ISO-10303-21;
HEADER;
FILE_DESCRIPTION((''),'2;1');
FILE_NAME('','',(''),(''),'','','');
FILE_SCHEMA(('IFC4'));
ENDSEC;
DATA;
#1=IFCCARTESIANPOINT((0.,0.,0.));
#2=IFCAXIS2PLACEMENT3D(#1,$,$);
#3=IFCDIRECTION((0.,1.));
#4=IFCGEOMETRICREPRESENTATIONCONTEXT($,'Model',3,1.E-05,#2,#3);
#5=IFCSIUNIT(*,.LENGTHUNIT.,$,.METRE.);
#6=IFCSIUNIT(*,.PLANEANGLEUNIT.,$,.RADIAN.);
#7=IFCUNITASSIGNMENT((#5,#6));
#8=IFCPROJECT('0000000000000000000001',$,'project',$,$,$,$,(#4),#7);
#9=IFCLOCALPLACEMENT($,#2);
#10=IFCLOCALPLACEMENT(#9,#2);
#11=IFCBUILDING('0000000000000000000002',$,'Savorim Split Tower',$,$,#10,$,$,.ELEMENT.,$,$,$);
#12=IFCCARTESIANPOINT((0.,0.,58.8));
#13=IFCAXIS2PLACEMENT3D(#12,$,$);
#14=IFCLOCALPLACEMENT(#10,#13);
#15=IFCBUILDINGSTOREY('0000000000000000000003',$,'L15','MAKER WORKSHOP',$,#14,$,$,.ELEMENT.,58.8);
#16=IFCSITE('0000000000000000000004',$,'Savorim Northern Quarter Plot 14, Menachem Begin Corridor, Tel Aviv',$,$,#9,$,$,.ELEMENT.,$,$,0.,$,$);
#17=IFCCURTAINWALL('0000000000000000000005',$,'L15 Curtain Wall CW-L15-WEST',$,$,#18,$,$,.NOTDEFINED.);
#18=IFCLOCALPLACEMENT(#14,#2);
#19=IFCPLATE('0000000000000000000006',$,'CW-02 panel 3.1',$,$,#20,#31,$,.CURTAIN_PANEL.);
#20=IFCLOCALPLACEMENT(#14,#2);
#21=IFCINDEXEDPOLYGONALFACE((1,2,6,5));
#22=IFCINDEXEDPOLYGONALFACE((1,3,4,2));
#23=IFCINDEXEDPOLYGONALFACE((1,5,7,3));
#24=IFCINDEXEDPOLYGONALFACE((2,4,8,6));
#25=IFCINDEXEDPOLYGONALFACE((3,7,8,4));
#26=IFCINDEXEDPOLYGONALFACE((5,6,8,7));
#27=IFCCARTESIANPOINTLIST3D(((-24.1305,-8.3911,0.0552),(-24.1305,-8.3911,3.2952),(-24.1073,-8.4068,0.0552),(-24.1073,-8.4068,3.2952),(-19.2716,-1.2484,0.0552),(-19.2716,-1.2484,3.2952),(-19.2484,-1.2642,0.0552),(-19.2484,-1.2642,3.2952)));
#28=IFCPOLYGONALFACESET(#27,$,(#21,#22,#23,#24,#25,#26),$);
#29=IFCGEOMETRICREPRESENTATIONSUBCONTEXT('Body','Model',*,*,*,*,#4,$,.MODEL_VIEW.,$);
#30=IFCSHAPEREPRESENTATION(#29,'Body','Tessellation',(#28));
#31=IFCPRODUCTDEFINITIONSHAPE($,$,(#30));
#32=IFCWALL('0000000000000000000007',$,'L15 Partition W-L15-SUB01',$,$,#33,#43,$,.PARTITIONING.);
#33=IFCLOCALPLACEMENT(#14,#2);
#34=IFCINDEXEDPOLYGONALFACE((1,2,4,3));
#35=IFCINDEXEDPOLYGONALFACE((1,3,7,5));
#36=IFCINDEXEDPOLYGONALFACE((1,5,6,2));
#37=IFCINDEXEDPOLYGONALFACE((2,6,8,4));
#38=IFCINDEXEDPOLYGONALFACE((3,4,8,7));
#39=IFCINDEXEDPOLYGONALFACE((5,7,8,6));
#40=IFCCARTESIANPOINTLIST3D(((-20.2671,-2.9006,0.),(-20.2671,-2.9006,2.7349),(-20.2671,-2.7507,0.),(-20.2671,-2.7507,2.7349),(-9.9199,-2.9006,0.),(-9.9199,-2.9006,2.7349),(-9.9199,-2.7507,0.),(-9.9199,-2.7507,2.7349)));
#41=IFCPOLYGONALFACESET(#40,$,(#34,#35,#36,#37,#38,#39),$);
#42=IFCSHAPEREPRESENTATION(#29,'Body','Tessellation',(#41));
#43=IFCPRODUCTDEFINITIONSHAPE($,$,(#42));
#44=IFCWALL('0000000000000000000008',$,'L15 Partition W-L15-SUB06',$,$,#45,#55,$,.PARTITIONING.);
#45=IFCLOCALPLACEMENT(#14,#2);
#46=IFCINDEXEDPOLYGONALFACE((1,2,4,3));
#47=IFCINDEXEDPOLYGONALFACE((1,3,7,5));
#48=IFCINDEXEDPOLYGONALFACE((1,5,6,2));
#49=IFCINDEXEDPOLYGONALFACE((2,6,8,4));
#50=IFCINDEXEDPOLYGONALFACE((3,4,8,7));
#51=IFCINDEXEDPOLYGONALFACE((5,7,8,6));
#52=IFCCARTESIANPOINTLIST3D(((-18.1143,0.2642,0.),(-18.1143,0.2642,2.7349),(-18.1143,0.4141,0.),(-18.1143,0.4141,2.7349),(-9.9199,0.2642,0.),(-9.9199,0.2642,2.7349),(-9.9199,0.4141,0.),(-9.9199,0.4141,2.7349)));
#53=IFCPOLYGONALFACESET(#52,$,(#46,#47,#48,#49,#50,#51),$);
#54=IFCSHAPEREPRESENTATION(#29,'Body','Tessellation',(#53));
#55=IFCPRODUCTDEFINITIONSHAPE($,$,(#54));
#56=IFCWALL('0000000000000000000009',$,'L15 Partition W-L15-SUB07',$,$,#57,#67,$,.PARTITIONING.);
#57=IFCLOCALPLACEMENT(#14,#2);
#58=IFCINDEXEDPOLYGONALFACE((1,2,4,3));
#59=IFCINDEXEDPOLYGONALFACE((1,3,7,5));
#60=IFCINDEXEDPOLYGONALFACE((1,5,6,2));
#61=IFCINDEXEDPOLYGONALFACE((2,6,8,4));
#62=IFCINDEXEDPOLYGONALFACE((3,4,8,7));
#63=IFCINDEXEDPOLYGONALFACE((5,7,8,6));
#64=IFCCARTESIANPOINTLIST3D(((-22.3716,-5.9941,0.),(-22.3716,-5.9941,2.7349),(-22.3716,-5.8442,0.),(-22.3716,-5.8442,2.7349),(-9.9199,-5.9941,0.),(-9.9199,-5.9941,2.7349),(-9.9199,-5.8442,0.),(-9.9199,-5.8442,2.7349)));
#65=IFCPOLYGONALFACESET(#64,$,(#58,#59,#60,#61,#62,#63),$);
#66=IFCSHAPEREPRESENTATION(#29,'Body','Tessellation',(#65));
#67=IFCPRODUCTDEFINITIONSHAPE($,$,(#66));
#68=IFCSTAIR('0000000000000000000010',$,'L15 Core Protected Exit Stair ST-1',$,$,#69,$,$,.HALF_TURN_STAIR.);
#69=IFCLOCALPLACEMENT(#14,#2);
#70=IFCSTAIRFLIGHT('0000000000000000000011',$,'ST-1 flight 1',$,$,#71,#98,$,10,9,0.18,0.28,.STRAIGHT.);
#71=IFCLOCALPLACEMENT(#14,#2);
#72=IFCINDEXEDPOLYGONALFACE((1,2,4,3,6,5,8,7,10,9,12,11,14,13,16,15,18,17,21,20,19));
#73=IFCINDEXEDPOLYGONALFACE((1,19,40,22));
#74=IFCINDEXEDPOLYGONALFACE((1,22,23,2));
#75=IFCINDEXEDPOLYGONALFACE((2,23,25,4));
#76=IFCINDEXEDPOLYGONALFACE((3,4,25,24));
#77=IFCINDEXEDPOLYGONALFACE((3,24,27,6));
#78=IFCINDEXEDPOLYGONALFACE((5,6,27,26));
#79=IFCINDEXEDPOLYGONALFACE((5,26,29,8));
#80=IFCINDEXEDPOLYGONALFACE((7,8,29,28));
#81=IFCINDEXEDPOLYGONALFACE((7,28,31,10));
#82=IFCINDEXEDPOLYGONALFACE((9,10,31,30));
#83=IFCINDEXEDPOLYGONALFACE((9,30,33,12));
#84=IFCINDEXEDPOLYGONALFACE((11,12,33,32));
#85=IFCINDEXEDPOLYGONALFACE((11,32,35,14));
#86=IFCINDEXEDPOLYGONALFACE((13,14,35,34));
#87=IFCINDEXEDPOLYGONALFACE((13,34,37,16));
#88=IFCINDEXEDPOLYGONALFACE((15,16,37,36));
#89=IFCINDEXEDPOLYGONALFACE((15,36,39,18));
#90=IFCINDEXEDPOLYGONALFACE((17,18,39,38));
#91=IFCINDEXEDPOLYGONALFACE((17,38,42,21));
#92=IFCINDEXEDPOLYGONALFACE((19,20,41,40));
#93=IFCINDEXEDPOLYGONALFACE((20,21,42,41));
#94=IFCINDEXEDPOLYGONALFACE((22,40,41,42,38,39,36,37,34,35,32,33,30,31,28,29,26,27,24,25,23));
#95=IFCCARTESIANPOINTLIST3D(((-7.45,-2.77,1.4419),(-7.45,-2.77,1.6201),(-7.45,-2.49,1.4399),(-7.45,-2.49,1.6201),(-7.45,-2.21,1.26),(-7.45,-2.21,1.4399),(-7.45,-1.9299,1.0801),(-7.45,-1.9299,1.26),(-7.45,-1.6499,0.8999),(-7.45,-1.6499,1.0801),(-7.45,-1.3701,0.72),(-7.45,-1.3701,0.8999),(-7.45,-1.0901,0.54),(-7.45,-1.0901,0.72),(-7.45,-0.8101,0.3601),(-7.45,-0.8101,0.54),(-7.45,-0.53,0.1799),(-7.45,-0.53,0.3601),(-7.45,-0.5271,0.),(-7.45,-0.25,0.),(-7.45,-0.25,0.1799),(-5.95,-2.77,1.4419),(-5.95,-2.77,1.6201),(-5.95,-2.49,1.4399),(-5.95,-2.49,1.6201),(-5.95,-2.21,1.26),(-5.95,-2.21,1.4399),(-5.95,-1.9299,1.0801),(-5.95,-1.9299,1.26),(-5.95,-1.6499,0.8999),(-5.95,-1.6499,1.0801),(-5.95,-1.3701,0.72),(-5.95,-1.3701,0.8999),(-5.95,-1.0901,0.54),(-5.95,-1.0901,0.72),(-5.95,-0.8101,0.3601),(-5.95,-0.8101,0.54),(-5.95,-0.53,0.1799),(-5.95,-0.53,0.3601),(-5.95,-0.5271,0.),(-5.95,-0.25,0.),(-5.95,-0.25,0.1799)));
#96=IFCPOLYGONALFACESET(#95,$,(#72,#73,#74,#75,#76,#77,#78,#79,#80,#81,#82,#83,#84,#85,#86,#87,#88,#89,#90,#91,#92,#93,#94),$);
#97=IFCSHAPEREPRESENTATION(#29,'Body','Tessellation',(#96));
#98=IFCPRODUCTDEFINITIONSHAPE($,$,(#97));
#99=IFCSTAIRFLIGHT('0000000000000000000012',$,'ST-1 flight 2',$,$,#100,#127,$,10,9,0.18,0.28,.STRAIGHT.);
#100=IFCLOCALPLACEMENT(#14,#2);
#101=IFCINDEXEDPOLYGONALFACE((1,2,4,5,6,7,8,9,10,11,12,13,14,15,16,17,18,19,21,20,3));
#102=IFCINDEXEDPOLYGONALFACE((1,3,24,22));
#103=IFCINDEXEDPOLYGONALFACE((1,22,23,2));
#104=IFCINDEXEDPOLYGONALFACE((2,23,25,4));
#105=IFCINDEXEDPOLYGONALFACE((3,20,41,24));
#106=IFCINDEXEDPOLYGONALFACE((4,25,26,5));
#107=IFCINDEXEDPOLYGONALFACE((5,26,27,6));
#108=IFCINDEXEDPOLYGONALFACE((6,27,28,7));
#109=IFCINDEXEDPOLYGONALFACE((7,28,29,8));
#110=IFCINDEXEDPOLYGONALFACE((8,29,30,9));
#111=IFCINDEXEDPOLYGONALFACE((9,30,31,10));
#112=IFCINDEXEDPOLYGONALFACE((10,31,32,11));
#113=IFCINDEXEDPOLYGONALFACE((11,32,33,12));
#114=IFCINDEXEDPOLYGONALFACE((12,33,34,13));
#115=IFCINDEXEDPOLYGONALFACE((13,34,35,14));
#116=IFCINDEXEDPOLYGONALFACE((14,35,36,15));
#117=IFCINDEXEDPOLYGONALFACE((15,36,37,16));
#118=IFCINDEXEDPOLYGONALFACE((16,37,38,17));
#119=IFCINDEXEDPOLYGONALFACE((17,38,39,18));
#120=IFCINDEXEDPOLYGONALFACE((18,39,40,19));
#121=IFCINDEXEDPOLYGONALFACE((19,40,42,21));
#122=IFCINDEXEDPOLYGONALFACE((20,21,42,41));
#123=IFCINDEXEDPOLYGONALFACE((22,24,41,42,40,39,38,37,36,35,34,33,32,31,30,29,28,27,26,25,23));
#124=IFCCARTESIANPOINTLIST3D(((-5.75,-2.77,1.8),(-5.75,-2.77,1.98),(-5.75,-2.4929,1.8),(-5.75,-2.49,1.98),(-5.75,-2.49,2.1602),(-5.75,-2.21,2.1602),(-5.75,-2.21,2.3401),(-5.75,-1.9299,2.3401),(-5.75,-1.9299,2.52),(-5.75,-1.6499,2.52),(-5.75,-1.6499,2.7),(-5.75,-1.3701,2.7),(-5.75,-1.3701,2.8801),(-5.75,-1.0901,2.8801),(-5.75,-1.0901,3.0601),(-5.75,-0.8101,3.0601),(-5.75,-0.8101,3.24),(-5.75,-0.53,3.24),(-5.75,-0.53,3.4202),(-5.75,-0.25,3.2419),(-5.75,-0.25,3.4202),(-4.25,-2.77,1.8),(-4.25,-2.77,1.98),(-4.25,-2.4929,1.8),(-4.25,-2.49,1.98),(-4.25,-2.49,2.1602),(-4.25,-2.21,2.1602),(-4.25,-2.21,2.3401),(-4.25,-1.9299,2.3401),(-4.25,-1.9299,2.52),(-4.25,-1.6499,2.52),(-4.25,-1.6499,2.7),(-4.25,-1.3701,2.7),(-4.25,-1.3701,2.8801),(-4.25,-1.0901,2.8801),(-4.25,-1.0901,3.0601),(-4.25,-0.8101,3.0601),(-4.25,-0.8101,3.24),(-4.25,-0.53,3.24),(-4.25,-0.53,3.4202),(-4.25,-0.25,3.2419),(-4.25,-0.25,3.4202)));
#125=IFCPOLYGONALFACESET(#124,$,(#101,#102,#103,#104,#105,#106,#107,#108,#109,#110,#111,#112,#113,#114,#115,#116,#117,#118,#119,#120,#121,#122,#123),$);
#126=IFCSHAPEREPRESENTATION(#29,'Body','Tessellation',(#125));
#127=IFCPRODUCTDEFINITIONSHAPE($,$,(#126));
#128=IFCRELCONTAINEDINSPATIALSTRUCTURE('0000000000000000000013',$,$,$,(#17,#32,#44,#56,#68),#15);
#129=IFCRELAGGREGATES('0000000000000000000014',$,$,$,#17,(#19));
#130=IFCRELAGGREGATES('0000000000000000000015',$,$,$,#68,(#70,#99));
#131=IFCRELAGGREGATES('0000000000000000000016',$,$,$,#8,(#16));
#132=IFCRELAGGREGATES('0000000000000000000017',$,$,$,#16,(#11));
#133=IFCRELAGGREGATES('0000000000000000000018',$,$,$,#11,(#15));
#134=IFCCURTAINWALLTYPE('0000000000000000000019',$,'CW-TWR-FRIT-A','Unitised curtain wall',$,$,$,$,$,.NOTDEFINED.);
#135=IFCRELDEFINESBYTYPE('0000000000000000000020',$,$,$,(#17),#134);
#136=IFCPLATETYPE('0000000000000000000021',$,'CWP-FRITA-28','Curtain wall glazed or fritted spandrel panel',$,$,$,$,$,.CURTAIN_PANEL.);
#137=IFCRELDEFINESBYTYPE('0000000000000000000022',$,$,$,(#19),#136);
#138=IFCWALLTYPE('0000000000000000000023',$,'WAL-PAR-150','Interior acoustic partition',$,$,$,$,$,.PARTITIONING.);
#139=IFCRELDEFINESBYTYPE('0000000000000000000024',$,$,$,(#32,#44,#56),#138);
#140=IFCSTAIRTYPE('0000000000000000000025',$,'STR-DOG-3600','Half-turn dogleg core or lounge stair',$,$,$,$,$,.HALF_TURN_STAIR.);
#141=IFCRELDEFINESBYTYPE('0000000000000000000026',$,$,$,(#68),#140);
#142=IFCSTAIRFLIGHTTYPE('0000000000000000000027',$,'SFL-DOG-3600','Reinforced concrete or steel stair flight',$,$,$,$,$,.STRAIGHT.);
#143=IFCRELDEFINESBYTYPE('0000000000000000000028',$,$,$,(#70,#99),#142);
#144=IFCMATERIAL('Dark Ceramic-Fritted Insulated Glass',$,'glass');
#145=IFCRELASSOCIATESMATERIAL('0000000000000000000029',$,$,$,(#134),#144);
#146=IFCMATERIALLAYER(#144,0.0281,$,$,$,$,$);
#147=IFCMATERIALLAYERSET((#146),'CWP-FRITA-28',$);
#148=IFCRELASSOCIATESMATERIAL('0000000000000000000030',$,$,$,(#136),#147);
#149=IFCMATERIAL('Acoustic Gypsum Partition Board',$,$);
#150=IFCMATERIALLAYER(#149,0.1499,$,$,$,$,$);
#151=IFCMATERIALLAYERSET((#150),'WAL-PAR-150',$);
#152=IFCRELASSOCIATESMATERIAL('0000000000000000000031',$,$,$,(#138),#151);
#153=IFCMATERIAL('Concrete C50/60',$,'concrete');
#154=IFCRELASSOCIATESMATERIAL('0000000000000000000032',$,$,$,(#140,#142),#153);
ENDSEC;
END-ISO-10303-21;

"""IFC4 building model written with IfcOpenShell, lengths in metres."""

from ifc_helpers import new_model, si_unit, direction, frame, frame_2d, origin, origin_2d, place, context, subcontext, project, spatial, polyline, rectangle, outline, extrude, material, layer, layer_set, type_object, element, aggregate, save


model = new_model("IFC4")

# Units and contexts
model_context = context("Model", 3, precision=1e-05, world=origin(), true_north=direction((0.0, 1.0)))
body_context = subcontext(model_context, "Body", "Model", "MODEL_VIEW")
ifc_project = project(units=[si_unit("LENGTHUNIT", "METRE"), si_unit("PLANEANGLEUNIT", "RADIAN")], contexts=[model_context])

# Site, building, storey
site_placement = place(None, origin())
site = spatial("IfcSite", under=ifc_project, at=site_placement, Name="Savorim Northern Quarter Plot 14, Menachem Begin Corridor, Tel Aviv", CompositionType="ELEMENT", RefElevation=0.0)
building_placement = place(site_placement, origin())
building = spatial("IfcBuilding", under=site, at=building_placement, Name="Savorim Split Tower", CompositionType="ELEMENT")
storey_placement = place(building_placement, frame((0.0, 0.0, 58.8)))
storey = spatial("IfcBuildingStorey", under=building, at=storey_placement, Name="L15", Description="MAKER WORKSHOP", CompositionType="ELEMENT", Elevation=58.8)

# Curtain wall, plate
ifc_material_1 = material(Name="Dark Ceramic-Fritted Insulated Glass", Category="glass")
curtain_wall_type = type_object("IfcCurtainWallType", Name="CW-TWR-FRIT-A", Description="Unitised curtain wall", PredefinedType="NOTDEFINED", material=ifc_material_1)
curtain_wall_placement = place(storey_placement, origin())
curtain_wall = element("IfcCurtainWall", 1, at=curtain_wall_placement, inside=storey, type_object=curtain_wall_type, Name="L15 Curtain Wall CW-L15-WEST", PredefinedType="NOTDEFINED")
ifc_layer_1 = layer(ifc_material_1, 0.0281)
ifc_layer_set_1 = layer_set([ifc_layer_1], Name="CWP-FRITA-28")
plate_type = type_object("IfcPlateType", Name="CWP-FRITA-28", Description="Curtain wall glazed or fritted spandrel panel", PredefinedType="CURTAIN_PANEL", material=ifc_layer_set_1)
plate_placement = place(storey_placement, frame((-21.6895, -4.8276, 0.0552), z_axis=(0.0, 0.0, 1.0), x_axis=(-0.562466, -0.82682, 0.0)))
plate = element("IfcPlate", 2, at=plate_placement, type_object=plate_type, Name="CW-02 panel 3.1", PredefinedType="CURTAIN_PANEL", context=body_context, shape_type="SweptSolid", body=[
    extrude(rectangle(XDim=8.6387, YDim=0.0281, at=origin_2d()), origin(), (0.0, 0.0, 1.0), 3.24),
])
aggregate(curtain_wall, [plate])

# Shared definitions
ifc_material_2 = material(Name="Concrete C50/60", Category="concrete")

# Walls
ifc_material_3 = material(Name="Acoustic Gypsum Partition Board")
ifc_layer_2 = layer(ifc_material_3, 0.1499)
ifc_layer_set_2 = layer_set([ifc_layer_2], Name="WAL-PAR-150")
wall_type_1 = type_object("IfcWallType", Name="WAL-PAR-150", Description="Interior acoustic partition", PredefinedType="PARTITIONING", material=ifc_layer_set_2)
wall_1_placement = place(storey_placement, frame((-9.9199, -2.8257, 0.0), z_axis=(0.0, 0.0, 1.0), x_axis=(-1.0, 0.0, 0.0)))
element("IfcWall", 3, at=wall_1_placement, inside=storey, type_object=wall_type_1, Name="L15 Partition W-L15-SUB01", PredefinedType="PARTITIONING", context=body_context, shape_type="SweptSolid", body=[
    extrude(rectangle(XDim=10.3472, YDim=0.1499, at=frame_2d((5.1736, 0.0))), origin(), (0.0, 0.0, 1.0), 2.7349),
])
wall_2_placement = place(storey_placement, frame((-9.9199, 0.3391, 0.0), z_axis=(0.0, 0.0, 1.0), x_axis=(-1.0, 0.0, 0.0)))
element("IfcWall", 4, at=wall_2_placement, inside=storey, type_object=wall_type_1, Name="L15 Partition W-L15-SUB06", PredefinedType="PARTITIONING", context=body_context, shape_type="SweptSolid", body=[
    extrude(rectangle(XDim=8.1943, YDim=0.1499, at=frame_2d((4.0972, 0.0))), origin(), (0.0, 0.0, 1.0), 2.7349),
])
wall_3_placement = place(storey_placement, frame((-9.9199, -5.9192, 0.0), z_axis=(0.0, 0.0, 1.0), x_axis=(-1.0, 0.0, 0.0)))
element("IfcWall", 5, at=wall_3_placement, inside=storey, type_object=wall_type_1, Name="L15 Partition W-L15-SUB07", PredefinedType="PARTITIONING", context=body_context, shape_type="SweptSolid", body=[
    extrude(rectangle(XDim=12.4517, YDim=0.1499, at=frame_2d((6.2258, 0.0))), origin(), (0.0, 0.0, 1.0), 2.7349),
])

# Stair, stair flights
stair_type = type_object("IfcStairType", Name="STR-DOG-3600", Description="Half-turn dogleg core or lounge stair", PredefinedType="HALF_TURN_STAIR", material=ifc_material_2)
stair_placement = place(storey_placement, origin())
stair = element("IfcStair", 6, at=stair_placement, inside=storey, type_object=stair_type, Name="L15 Core Protected Exit Stair ST-1", PredefinedType="HALF_TURN_STAIR")
stair_flight_type = type_object("IfcStairFlightType", Name="SFL-DOG-3600", Description="Reinforced concrete or steel stair flight", PredefinedType="STRAIGHT", material=ifc_material_2)
stair_flight_1_placement = place(storey_placement, frame((-6.7, -0.25, 0.0), z_axis=(0.0, 0.0, 1.0), x_axis=(0.0, -1.0, 0.0)))
stair_flight_1 = element("IfcStairFlight", 7, at=stair_flight_1_placement, type_object=stair_flight_type, Name="ST-1 flight 1", NumberOfRisers=10, NumberOfTreads=9, PredefinedType="STRAIGHT", RiserHeight=0.18, TreadLength=0.28, context=body_context, shape_type="SweptSolid", body=[
    extrude(outline(polyline([(0.0, 0.0), (0.0, 0.1799), (0.28, 0.1799), (0.28, 0.3601), (0.5601, 0.3601), (0.5601, 0.54), (0.8401, 0.54), (0.8401, 0.72), (1.1201, 0.72), (1.1201, 0.8999), (1.3999, 0.8999), (1.3999, 1.0801), (1.6799, 1.0801), (1.6799, 1.26), (1.96, 1.26), (1.96, 1.4399), (2.24, 1.4399), (2.24, 1.6201), (2.52, 1.6201), (2.52, 1.8), (2.52, 1.4419), (0.2771, 0.0), (0.0, 0.0)])), frame((0.0, 0.75, 0.0), z_axis=(0.0, -1.0, 0.0), x_axis=(1.0, 0.0, 0.0)), (0.0, 0.0, 1.0), 1.5),
])
stair_flight_2_placement = place(storey_placement, frame((-5.0, -2.77, 1.8), z_axis=(0.0, 0.0, 1.0), x_axis=(0.0, 1.0, 0.0)))
stair_flight_2 = element("IfcStairFlight", 8, at=stair_flight_2_placement, type_object=stair_flight_type, Name="ST-1 flight 2", NumberOfRisers=10, NumberOfTreads=9, PredefinedType="STRAIGHT", RiserHeight=0.18, TreadLength=0.28, context=body_context, shape_type="SweptSolid", body=[
    extrude(outline(polyline([(0.0, 0.0), (0.0, 0.1799), (0.28, 0.1799), (0.28, 0.3601), (0.5601, 0.3601), (0.5601, 0.54), (0.8401, 0.54), (0.8401, 0.72), (1.1201, 0.72), (1.1201, 0.8999), (1.3999, 0.8999), (1.3999, 1.0801), (1.6799, 1.0801), (1.6799, 1.26), (1.96, 1.26), (1.96, 1.4399), (2.24, 1.4399), (2.24, 1.6201), (2.52, 1.6201), (2.52, 1.8), (2.52, 1.4419), (0.2771, 0.0), (0.0, 0.0)])), frame((0.0, 0.75, 0.0), z_axis=(0.0, -1.0, 0.0), x_axis=(1.0, 0.0, 0.0)), (0.0, 0.0, 1.0), 1.5),
])
aggregate(stair, [stair_flight_1, stair_flight_2])

save(model, "model.ifc")
